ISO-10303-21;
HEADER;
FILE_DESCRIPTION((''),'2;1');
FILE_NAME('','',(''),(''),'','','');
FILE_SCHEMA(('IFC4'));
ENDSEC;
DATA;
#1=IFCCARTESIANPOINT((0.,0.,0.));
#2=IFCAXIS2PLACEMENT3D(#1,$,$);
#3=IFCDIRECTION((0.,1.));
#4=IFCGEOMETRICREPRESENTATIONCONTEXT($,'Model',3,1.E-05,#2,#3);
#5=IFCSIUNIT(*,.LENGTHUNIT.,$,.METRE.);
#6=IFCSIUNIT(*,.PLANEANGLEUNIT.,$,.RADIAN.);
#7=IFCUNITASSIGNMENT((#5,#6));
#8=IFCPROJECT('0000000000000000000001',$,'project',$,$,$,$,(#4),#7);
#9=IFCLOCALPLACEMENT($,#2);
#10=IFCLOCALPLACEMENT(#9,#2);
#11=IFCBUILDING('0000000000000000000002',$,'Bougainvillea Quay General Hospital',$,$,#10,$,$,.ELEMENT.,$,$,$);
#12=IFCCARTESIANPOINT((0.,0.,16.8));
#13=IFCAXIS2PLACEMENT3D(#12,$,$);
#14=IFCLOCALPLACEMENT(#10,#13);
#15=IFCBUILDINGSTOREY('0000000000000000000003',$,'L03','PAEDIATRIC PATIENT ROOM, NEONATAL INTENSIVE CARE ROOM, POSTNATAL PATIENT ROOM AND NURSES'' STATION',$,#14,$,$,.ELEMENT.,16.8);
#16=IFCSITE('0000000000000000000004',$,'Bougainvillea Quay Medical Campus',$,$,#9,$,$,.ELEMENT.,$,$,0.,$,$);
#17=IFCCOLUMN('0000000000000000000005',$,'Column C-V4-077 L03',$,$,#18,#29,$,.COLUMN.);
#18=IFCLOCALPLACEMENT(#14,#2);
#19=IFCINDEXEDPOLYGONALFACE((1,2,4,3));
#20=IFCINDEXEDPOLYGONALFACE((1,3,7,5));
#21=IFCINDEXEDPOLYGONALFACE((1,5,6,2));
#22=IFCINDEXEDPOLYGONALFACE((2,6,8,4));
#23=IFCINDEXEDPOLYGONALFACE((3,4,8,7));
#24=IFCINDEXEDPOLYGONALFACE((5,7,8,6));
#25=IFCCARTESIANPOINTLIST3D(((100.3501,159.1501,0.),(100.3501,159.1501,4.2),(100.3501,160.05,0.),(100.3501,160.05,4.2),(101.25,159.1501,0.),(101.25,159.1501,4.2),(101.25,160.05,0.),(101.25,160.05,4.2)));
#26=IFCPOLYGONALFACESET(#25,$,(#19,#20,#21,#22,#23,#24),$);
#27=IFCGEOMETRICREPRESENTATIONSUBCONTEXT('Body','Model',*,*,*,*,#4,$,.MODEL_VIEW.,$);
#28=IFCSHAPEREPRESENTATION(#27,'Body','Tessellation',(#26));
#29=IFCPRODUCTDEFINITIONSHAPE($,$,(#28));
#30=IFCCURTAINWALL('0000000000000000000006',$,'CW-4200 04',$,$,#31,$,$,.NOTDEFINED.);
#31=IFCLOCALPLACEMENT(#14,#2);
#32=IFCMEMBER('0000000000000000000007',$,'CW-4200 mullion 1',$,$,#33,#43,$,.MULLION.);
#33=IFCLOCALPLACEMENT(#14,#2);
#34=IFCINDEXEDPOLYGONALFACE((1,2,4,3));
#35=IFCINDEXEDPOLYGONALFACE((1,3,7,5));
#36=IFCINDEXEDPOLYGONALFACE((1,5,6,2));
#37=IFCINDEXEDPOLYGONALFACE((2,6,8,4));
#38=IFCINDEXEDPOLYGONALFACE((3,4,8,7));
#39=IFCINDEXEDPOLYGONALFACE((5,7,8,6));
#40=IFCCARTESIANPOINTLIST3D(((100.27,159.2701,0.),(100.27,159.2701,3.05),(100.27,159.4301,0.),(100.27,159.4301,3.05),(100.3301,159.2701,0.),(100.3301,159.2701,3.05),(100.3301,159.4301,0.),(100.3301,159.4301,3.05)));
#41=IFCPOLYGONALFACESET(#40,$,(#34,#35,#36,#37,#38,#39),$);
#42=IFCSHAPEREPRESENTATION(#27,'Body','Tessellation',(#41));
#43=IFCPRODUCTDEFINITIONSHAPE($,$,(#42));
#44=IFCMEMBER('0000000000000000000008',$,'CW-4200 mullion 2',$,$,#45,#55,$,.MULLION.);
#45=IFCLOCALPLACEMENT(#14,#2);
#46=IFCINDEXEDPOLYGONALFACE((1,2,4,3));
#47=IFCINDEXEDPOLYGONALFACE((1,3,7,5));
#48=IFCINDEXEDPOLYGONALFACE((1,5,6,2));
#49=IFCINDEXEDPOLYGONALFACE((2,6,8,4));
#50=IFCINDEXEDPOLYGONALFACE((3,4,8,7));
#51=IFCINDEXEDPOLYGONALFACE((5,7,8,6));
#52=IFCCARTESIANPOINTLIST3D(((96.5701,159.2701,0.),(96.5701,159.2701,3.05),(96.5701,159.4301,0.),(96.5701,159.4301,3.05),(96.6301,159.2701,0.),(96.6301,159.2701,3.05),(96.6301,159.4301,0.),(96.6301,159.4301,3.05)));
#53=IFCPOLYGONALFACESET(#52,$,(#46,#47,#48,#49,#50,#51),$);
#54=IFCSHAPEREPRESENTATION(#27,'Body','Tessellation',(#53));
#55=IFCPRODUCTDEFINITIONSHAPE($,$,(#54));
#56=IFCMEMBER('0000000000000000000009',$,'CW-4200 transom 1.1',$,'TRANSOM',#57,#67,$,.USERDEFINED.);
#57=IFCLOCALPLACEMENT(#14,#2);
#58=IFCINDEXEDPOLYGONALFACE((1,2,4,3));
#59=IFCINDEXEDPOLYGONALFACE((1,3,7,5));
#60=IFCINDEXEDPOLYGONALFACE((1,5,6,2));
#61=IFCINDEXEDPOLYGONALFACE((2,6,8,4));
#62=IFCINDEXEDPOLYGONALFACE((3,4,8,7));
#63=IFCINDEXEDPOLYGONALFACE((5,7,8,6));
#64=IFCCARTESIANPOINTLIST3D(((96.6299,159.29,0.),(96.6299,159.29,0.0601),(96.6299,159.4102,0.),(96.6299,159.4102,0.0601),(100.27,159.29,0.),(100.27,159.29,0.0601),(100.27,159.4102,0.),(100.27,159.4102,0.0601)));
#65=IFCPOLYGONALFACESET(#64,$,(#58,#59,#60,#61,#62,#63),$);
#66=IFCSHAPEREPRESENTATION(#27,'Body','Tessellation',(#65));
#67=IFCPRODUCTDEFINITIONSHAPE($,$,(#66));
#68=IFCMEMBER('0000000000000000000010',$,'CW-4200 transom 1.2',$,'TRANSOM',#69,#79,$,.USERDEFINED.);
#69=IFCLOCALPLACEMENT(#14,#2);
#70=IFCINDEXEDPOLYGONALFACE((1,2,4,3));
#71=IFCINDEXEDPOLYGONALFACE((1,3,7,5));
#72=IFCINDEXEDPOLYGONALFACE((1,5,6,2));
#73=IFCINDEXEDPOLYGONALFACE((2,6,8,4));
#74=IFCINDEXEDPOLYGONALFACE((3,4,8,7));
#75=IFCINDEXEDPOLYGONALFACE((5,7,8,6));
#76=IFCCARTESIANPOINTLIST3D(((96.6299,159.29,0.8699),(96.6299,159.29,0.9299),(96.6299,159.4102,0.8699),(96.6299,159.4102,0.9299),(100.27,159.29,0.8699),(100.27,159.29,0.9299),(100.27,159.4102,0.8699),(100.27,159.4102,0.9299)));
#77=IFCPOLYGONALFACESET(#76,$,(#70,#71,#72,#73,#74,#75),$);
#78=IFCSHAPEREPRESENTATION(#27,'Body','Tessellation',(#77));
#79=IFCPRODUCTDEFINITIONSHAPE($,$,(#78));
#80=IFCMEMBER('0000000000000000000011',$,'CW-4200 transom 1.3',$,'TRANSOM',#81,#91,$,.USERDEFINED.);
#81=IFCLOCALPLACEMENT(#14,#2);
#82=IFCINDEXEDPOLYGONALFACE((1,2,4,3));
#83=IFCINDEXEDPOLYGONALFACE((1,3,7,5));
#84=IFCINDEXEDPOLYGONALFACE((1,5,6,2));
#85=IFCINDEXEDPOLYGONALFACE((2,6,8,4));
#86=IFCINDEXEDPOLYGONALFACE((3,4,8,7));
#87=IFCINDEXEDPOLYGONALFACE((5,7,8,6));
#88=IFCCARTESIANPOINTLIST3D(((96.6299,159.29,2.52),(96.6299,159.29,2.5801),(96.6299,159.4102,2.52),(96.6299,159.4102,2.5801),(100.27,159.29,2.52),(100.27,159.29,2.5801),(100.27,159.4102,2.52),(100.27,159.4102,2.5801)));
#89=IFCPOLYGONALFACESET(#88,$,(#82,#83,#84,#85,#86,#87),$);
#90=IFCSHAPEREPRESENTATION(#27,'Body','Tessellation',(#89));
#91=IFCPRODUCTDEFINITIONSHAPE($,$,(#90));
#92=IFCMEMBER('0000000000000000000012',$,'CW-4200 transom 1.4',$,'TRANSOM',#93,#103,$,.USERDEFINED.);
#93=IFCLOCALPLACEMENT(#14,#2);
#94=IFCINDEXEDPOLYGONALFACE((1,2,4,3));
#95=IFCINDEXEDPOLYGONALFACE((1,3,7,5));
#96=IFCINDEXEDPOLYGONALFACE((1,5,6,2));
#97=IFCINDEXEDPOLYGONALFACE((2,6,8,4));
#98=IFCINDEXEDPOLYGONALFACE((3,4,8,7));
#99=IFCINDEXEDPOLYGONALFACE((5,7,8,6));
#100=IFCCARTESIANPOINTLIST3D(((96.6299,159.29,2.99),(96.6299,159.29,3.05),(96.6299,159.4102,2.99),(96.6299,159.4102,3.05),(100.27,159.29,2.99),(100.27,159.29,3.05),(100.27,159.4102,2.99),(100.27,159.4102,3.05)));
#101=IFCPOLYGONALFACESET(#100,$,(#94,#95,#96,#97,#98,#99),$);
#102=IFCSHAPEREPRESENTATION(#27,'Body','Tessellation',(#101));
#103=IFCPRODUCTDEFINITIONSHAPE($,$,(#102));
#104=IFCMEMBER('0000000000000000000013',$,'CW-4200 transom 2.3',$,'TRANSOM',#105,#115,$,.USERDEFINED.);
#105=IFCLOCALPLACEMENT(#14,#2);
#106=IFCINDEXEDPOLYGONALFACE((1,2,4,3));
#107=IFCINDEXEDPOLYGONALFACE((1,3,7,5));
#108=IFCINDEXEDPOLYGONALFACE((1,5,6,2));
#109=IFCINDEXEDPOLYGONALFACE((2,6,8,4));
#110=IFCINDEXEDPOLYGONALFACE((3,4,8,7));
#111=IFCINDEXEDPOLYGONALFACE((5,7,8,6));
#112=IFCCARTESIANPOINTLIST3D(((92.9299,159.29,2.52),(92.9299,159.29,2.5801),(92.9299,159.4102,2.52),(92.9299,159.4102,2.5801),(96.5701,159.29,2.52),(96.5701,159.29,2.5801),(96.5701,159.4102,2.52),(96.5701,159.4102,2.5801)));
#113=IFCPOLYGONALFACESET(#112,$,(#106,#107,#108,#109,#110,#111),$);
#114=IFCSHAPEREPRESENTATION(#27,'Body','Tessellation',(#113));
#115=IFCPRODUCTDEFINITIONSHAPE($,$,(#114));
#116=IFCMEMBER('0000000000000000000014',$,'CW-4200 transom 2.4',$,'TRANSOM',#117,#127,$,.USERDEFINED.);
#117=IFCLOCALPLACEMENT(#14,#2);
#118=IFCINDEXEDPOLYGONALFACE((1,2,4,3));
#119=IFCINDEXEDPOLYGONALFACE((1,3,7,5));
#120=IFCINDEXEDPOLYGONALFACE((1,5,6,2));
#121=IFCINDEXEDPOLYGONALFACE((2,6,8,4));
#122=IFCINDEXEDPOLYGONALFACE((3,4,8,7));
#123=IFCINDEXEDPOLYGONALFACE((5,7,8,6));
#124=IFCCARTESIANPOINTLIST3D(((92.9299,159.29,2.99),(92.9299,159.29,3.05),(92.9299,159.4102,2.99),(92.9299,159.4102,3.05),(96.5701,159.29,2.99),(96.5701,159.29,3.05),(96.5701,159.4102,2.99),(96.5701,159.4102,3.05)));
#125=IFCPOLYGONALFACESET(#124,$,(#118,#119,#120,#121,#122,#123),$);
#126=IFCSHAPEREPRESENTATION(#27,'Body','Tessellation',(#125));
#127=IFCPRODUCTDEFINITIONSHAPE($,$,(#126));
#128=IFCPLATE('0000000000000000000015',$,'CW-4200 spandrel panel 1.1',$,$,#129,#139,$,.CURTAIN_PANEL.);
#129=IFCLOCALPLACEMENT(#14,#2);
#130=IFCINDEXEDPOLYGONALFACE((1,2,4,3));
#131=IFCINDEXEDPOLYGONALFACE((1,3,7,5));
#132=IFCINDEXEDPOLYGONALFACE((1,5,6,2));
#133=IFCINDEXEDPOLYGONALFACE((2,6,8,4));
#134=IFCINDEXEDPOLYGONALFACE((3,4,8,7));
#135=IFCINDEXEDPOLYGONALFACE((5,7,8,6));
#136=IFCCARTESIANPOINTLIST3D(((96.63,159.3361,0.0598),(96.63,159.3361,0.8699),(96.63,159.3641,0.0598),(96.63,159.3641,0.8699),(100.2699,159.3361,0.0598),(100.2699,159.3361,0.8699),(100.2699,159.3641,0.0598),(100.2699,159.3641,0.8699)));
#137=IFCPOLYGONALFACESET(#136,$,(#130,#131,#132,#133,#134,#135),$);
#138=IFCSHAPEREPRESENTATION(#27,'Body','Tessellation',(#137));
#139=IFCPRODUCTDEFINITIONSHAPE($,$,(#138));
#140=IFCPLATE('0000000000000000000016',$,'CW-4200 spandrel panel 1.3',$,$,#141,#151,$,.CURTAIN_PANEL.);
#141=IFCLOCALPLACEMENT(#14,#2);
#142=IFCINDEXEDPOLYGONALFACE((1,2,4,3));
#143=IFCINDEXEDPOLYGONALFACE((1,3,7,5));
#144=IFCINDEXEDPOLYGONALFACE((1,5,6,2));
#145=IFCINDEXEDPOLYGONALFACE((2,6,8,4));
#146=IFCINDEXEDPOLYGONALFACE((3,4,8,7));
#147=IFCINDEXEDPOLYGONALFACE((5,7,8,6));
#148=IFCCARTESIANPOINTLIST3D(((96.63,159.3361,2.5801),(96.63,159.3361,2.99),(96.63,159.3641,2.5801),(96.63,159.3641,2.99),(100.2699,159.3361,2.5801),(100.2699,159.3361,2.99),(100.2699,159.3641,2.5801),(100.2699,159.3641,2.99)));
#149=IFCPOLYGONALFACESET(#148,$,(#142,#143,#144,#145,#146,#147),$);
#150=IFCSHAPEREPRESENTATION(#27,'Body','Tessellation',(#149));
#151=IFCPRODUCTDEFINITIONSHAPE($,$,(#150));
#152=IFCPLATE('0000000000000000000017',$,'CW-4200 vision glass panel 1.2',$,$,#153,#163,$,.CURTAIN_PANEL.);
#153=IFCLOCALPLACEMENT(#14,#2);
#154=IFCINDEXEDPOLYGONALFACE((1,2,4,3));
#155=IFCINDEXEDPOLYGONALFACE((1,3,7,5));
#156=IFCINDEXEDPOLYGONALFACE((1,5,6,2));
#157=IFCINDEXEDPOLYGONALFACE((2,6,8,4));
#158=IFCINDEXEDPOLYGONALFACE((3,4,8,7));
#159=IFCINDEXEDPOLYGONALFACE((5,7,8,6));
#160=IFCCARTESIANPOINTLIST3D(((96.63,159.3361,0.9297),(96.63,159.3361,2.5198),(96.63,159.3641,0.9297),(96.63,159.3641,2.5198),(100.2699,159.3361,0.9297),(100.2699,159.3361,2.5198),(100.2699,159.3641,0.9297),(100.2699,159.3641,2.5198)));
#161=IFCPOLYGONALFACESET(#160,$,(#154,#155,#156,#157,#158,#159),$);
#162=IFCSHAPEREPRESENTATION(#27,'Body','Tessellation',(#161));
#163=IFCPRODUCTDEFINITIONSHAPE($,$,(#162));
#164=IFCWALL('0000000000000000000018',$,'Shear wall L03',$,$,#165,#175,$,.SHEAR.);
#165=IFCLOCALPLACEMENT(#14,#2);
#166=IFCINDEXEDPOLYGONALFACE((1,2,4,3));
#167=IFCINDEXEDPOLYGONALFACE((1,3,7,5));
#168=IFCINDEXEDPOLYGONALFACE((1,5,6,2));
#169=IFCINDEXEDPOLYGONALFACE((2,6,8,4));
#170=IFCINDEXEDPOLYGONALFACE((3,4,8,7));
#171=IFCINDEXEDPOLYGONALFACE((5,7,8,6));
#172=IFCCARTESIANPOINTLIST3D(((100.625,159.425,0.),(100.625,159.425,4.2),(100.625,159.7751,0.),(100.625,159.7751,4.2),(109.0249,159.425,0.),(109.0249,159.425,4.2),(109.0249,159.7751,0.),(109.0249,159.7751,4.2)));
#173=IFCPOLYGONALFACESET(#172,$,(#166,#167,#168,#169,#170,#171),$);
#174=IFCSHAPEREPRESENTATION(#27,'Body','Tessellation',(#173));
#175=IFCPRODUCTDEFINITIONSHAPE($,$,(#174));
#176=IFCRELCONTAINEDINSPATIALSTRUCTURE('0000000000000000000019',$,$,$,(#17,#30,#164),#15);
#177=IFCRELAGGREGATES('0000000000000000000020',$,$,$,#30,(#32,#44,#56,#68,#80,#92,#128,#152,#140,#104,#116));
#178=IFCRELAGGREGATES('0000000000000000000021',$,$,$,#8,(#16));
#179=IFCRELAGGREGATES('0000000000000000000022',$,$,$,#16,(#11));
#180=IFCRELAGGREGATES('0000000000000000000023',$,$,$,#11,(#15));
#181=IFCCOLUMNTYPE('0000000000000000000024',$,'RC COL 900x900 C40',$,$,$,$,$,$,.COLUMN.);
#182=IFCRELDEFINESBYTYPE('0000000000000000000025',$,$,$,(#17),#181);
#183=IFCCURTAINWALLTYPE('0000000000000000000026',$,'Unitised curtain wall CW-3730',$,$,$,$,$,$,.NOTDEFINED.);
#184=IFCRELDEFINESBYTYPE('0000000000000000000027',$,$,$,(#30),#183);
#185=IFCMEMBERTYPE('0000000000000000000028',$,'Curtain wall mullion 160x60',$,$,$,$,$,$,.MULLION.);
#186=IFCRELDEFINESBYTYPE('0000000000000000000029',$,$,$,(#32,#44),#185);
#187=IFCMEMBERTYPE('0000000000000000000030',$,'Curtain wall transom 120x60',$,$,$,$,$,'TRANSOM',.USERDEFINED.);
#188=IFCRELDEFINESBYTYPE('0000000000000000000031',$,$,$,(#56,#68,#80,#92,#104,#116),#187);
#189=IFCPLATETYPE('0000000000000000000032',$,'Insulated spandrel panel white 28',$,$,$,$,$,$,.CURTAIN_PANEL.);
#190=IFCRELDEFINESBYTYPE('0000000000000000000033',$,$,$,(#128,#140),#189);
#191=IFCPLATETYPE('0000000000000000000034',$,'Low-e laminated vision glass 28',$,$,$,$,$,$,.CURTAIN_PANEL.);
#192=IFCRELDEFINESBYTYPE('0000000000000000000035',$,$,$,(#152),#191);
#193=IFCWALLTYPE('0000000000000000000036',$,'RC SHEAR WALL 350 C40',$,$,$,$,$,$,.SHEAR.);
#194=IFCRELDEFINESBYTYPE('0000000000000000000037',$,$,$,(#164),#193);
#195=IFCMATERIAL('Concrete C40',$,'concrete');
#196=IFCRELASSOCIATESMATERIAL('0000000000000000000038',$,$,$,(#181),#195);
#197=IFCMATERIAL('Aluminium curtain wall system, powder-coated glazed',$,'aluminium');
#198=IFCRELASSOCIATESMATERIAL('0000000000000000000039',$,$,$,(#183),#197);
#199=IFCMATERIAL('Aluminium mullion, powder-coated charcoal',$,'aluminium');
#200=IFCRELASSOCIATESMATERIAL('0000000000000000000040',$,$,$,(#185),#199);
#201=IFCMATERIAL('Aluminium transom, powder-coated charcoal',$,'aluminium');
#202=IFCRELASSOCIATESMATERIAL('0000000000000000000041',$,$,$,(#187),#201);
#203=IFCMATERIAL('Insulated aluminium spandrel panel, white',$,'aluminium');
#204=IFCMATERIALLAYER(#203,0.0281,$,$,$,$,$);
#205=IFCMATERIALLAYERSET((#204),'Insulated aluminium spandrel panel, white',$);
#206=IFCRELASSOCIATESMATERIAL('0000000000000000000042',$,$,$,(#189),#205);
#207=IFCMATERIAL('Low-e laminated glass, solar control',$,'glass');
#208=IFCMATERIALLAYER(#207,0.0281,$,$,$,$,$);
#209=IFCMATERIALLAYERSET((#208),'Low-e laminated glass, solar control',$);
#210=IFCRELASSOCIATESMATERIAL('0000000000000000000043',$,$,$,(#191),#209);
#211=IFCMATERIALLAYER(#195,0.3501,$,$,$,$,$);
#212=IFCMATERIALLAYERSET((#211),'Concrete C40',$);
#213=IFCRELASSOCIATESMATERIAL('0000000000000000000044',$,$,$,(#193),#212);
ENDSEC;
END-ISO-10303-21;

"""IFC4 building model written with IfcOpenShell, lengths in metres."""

from ifc_helpers import new_model, si_unit, direction, frame, frame_2d, origin, origin_2d, place, context, subcontext, project, spatial, rectangle, extrude, material, layer, layer_set, material_profile, profile_set, type_object, element, aggregate, save


model = new_model("IFC4")

# Units and contexts
model_context = context("Model", 3, precision=1e-05, world=origin(), true_north=direction((0.0, 1.0)))
body_context = subcontext(model_context, "Body", "Model", "MODEL_VIEW")
ifc_project = project(units=[si_unit("LENGTHUNIT", "METRE"), si_unit("PLANEANGLEUNIT", "RADIAN")], contexts=[model_context])

# Site, building, storey
site_placement = place(None, origin())
site = spatial("IfcSite", under=ifc_project, at=site_placement, Name="Bougainvillea Quay Medical Campus", CompositionType="ELEMENT", RefElevation=0.0)
building_placement = place(site_placement, origin())
building = spatial("IfcBuilding", under=site, at=building_placement, Name="Bougainvillea Quay General Hospital", CompositionType="ELEMENT")
storey_placement = place(building_placement, frame((0.0, 0.0, 16.8)))
storey = spatial("IfcBuildingStorey", under=building, at=storey_placement, Name="L03", Description="PAEDIATRIC PATIENT ROOM, NEONATAL INTENSIVE CARE ROOM, POSTNATAL PATIENT ROOM AND NURSES' STATION", CompositionType="ELEMENT", Elevation=16.8)

# Column
ifc_material_1 = material(Name="Concrete C40", Category="concrete")
ifc_material_profile_1 = material_profile(ifc_material_1, rectangle(XDim=0.8999, YDim=0.8999, at=origin_2d()))
ifc_profile_set_1 = profile_set([ifc_material_profile_1], Name="Concrete C40")
column_type = type_object("IfcColumnType", Name="RC COL 900x900 C40", PredefinedType="COLUMN", material=ifc_profile_set_1)
column_placement = place(storey_placement, frame((100.8, 159.6001, 0.0), z_axis=(0.0, 0.0, 1.0), x_axis=(1.0, 0.0, 0.0)))
element("IfcColumn", 1, at=column_placement, inside=storey, type_object=column_type, Name="Column C-V4-077 L03", PredefinedType="COLUMN", context=body_context, shape_type="SweptSolid", body=[
    extrude(rectangle(XDim=0.8999, YDim=0.8999, at=origin_2d()), origin(), (0.0, 0.0, 1.0), 4.2),
])

# Curtain wall, members, plates
ifc_material_2 = material(Name="Aluminium curtain wall system, powder-coated glazed", Category="aluminium")
curtain_wall_type = type_object("IfcCurtainWallType", Name="Unitised curtain wall CW-3730", PredefinedType="NOTDEFINED", material=ifc_material_2)
curtain_wall_placement = place(storey_placement, origin())
curtain_wall = element("IfcCurtainWall", 2, at=curtain_wall_placement, inside=storey, type_object=curtain_wall_type, Name="CW-4200 04", PredefinedType="NOTDEFINED")
ifc_material_3 = material(Name="Aluminium mullion, powder-coated charcoal", Category="aluminium")
ifc_material_profile_2 = material_profile(ifc_material_3, rectangle(XDim=0.1599, YDim=0.0601, at=origin_2d()))
ifc_profile_set_2 = profile_set([ifc_material_profile_2], Name="Aluminium mullion, powder-coated charcoal")
member_type_1 = type_object("IfcMemberType", Name="Curtain wall mullion 160x60", PredefinedType="MULLION", material=ifc_profile_set_2)
member_1_placement = place(storey_placement, frame((100.3, 159.3501, 0.0), z_axis=(0.0, 0.0, 1.0), x_axis=(0.0, -1.0, 0.0)))
member_1 = element("IfcMember", 3, at=member_1_placement, type_object=member_type_1, Name="CW-4200 mullion 1", PredefinedType="MULLION", context=body_context, shape_type="SweptSolid", body=[
    extrude(rectangle(XDim=0.1599, YDim=0.0601, at=origin_2d()), origin(), (0.0, 0.0, 1.0), 3.05),
])
member_2_placement = place(storey_placement, frame((96.6001, 159.3501, 0.0), z_axis=(0.0, 0.0, 1.0), x_axis=(0.0, -1.0, 0.0)))
member_2 = element("IfcMember", 4, at=member_2_placement, type_object=member_type_1, Name="CW-4200 mullion 2", PredefinedType="MULLION", context=body_context, shape_type="SweptSolid", body=[
    extrude(rectangle(XDim=0.1599, YDim=0.0601, at=origin_2d()), origin(), (0.0, 0.0, 1.0), 3.05),
])
ifc_material_4 = material(Name="Aluminium transom, powder-coated charcoal", Category="aluminium")
ifc_material_profile_3 = material_profile(ifc_material_4, rectangle(XDim=0.1201, YDim=0.0601, at=origin_2d()))
ifc_profile_set_3 = profile_set([ifc_material_profile_3], Name="Aluminium transom, powder-coated charcoal")
member_type_2 = type_object("IfcMemberType", Name="Curtain wall transom 120x60", ElementType="TRANSOM", PredefinedType="USERDEFINED", material=ifc_profile_set_3)
member_3_placement = place(storey_placement, frame((100.27, 159.3501, 0.03), z_axis=(-1.0, 0.0, 0.0), x_axis=(0.0, -1.0, 0.0)))
member_3 = element("IfcMember", 5, at=member_3_placement, type_object=member_type_2, Name="CW-4200 transom 1.1", ObjectType="TRANSOM", PredefinedType="USERDEFINED", context=body_context, shape_type="SweptSolid", body=[
    extrude(rectangle(XDim=0.1201, YDim=0.0601, at=origin_2d()), origin(), (0.0, 0.0, 1.0), 3.6401),
])
member_4_placement = place(storey_placement, frame((100.27, 159.3501, 0.8999), z_axis=(-1.0, 0.0, 0.0), x_axis=(0.0, -1.0, 0.0)))
member_4 = element("IfcMember", 6, at=member_4_placement, type_object=member_type_2, Name="CW-4200 transom 1.2", ObjectType="TRANSOM", PredefinedType="USERDEFINED", context=body_context, shape_type="SweptSolid", body=[
    extrude(rectangle(XDim=0.1201, YDim=0.0601, at=origin_2d()), origin(), (0.0, 0.0, 1.0), 3.6401),
])
member_5_placement = place(storey_placement, frame((100.27, 159.3501, 2.55), z_axis=(-1.0, 0.0, 0.0), x_axis=(0.0, -1.0, 0.0)))
member_5 = element("IfcMember", 7, at=member_5_placement, type_object=member_type_2, Name="CW-4200 transom 1.3", ObjectType="TRANSOM", PredefinedType="USERDEFINED", context=body_context, shape_type="SweptSolid", body=[
    extrude(rectangle(XDim=0.1201, YDim=0.0601, at=origin_2d()), origin(), (0.0, 0.0, 1.0), 3.6401),
])
member_6_placement = place(storey_placement, frame((100.27, 159.3501, 3.02), z_axis=(-1.0, 0.0, 0.0), x_axis=(0.0, -1.0, 0.0)))
member_6 = element("IfcMember", 8, at=member_6_placement, type_object=member_type_2, Name="CW-4200 transom 1.4", ObjectType="TRANSOM", PredefinedType="USERDEFINED", context=body_context, shape_type="SweptSolid", body=[
    extrude(rectangle(XDim=0.1201, YDim=0.0601, at=origin_2d()), origin(), (0.0, 0.0, 1.0), 3.6401),
])
member_7_placement = place(storey_placement, frame((96.5701, 159.3501, 2.55), z_axis=(-1.0, 0.0, 0.0), x_axis=(0.0, -1.0, 0.0)))
member_7 = element("IfcMember", 9, at=member_7_placement, type_object=member_type_2, Name="CW-4200 transom 2.3", ObjectType="TRANSOM", PredefinedType="USERDEFINED", context=body_context, shape_type="SweptSolid", body=[
    extrude(rectangle(XDim=0.1201, YDim=0.0601, at=origin_2d()), origin(), (0.0, 0.0, 1.0), 3.6401),
])
member_8_placement = place(storey_placement, frame((96.5701, 159.3501, 3.02), z_axis=(-1.0, 0.0, 0.0), x_axis=(0.0, -1.0, 0.0)))
member_8 = element("IfcMember", 10, at=member_8_placement, type_object=member_type_2, Name="CW-4200 transom 2.4", ObjectType="TRANSOM", PredefinedType="USERDEFINED", context=body_context, shape_type="SweptSolid", body=[
    extrude(rectangle(XDim=0.1201, YDim=0.0601, at=origin_2d()), origin(), (0.0, 0.0, 1.0), 3.6401),
])
ifc_material_5 = material(Name="Insulated aluminium spandrel panel, white", Category="aluminium")
ifc_layer_1 = layer(ifc_material_5, 0.0281)
ifc_layer_set_1 = layer_set([ifc_layer_1], Name="Insulated aluminium spandrel panel, white")
plate_type_1 = type_object("IfcPlateType", Name="Insulated spandrel panel white 28", PredefinedType="CURTAIN_PANEL", material=ifc_layer_set_1)
plate_1_placement = place(storey_placement, frame((98.45, 159.3501, 0.0598), z_axis=(0.0, 0.0, 1.0), x_axis=(-1.0, 0.0, 0.0)))
plate_1 = element("IfcPlate", 11, at=plate_1_placement, type_object=plate_type_1, Name="CW-4200 spandrel panel 1.1", PredefinedType="CURTAIN_PANEL", context=body_context, shape_type="SweptSolid", body=[
    extrude(rectangle(XDim=3.6399, YDim=0.0281, at=origin_2d()), origin(), (0.0, 0.0, 1.0), 0.8101),
])
plate_2_placement = place(storey_placement, frame((98.45, 159.3501, 2.5801), z_axis=(0.0, 0.0, 1.0), x_axis=(-1.0, 0.0, 0.0)))
plate_2 = element("IfcPlate", 12, at=plate_2_placement, type_object=plate_type_1, Name="CW-4200 spandrel panel 1.3", PredefinedType="CURTAIN_PANEL", context=body_context, shape_type="SweptSolid", body=[
    extrude(rectangle(XDim=3.6399, YDim=0.0281, at=origin_2d()), origin(), (0.0, 0.0, 1.0), 0.4099),
])
ifc_material_6 = material(Name="Low-e laminated glass, solar control", Category="glass")
ifc_layer_2 = layer(ifc_material_6, 0.0281)
ifc_layer_set_2 = layer_set([ifc_layer_2], Name="Low-e laminated glass, solar control")
plate_type_2 = type_object("IfcPlateType", Name="Low-e laminated vision glass 28", PredefinedType="CURTAIN_PANEL", material=ifc_layer_set_2)
plate_3_placement = place(storey_placement, frame((98.45, 159.3501, 0.9297), z_axis=(0.0, 0.0, 1.0), x_axis=(-1.0, 0.0, 0.0)))
plate_3 = element("IfcPlate", 13, at=plate_3_placement, type_object=plate_type_2, Name="CW-4200 vision glass panel 1.2", PredefinedType="CURTAIN_PANEL", context=body_context, shape_type="SweptSolid", body=[
    extrude(rectangle(XDim=3.6399, YDim=0.0281, at=origin_2d()), origin(), (0.0, 0.0, 1.0), 1.5901),
])
aggregate(curtain_wall, [member_1, member_2, member_3, member_4, member_5, member_6, plate_1, plate_3, plate_2, member_7, member_8])

# Wall
ifc_layer_3 = layer(ifc_material_1, 0.3501)
ifc_layer_set_3 = layer_set([ifc_layer_3], Name="Concrete C40")
wall_type = type_object("IfcWallType", Name="RC SHEAR WALL 350 C40", PredefinedType="SHEAR", material=ifc_layer_set_3)
wall_placement = place(storey_placement, frame((100.625, 159.6001, 0.0), z_axis=(0.0, 0.0, 1.0), x_axis=(1.0, 0.0, 0.0)))
element("IfcWall", 14, at=wall_placement, inside=storey, type_object=wall_type, Name="Shear wall L03", PredefinedType="SHEAR", context=body_context, shape_type="SweptSolid", body=[
    extrude(rectangle(XDim=8.3999, YDim=0.3501, at=frame_2d((4.2, 0.0))), origin(), (0.0, 0.0, 1.0), 4.2),
])

save(model, "model.ifc")
